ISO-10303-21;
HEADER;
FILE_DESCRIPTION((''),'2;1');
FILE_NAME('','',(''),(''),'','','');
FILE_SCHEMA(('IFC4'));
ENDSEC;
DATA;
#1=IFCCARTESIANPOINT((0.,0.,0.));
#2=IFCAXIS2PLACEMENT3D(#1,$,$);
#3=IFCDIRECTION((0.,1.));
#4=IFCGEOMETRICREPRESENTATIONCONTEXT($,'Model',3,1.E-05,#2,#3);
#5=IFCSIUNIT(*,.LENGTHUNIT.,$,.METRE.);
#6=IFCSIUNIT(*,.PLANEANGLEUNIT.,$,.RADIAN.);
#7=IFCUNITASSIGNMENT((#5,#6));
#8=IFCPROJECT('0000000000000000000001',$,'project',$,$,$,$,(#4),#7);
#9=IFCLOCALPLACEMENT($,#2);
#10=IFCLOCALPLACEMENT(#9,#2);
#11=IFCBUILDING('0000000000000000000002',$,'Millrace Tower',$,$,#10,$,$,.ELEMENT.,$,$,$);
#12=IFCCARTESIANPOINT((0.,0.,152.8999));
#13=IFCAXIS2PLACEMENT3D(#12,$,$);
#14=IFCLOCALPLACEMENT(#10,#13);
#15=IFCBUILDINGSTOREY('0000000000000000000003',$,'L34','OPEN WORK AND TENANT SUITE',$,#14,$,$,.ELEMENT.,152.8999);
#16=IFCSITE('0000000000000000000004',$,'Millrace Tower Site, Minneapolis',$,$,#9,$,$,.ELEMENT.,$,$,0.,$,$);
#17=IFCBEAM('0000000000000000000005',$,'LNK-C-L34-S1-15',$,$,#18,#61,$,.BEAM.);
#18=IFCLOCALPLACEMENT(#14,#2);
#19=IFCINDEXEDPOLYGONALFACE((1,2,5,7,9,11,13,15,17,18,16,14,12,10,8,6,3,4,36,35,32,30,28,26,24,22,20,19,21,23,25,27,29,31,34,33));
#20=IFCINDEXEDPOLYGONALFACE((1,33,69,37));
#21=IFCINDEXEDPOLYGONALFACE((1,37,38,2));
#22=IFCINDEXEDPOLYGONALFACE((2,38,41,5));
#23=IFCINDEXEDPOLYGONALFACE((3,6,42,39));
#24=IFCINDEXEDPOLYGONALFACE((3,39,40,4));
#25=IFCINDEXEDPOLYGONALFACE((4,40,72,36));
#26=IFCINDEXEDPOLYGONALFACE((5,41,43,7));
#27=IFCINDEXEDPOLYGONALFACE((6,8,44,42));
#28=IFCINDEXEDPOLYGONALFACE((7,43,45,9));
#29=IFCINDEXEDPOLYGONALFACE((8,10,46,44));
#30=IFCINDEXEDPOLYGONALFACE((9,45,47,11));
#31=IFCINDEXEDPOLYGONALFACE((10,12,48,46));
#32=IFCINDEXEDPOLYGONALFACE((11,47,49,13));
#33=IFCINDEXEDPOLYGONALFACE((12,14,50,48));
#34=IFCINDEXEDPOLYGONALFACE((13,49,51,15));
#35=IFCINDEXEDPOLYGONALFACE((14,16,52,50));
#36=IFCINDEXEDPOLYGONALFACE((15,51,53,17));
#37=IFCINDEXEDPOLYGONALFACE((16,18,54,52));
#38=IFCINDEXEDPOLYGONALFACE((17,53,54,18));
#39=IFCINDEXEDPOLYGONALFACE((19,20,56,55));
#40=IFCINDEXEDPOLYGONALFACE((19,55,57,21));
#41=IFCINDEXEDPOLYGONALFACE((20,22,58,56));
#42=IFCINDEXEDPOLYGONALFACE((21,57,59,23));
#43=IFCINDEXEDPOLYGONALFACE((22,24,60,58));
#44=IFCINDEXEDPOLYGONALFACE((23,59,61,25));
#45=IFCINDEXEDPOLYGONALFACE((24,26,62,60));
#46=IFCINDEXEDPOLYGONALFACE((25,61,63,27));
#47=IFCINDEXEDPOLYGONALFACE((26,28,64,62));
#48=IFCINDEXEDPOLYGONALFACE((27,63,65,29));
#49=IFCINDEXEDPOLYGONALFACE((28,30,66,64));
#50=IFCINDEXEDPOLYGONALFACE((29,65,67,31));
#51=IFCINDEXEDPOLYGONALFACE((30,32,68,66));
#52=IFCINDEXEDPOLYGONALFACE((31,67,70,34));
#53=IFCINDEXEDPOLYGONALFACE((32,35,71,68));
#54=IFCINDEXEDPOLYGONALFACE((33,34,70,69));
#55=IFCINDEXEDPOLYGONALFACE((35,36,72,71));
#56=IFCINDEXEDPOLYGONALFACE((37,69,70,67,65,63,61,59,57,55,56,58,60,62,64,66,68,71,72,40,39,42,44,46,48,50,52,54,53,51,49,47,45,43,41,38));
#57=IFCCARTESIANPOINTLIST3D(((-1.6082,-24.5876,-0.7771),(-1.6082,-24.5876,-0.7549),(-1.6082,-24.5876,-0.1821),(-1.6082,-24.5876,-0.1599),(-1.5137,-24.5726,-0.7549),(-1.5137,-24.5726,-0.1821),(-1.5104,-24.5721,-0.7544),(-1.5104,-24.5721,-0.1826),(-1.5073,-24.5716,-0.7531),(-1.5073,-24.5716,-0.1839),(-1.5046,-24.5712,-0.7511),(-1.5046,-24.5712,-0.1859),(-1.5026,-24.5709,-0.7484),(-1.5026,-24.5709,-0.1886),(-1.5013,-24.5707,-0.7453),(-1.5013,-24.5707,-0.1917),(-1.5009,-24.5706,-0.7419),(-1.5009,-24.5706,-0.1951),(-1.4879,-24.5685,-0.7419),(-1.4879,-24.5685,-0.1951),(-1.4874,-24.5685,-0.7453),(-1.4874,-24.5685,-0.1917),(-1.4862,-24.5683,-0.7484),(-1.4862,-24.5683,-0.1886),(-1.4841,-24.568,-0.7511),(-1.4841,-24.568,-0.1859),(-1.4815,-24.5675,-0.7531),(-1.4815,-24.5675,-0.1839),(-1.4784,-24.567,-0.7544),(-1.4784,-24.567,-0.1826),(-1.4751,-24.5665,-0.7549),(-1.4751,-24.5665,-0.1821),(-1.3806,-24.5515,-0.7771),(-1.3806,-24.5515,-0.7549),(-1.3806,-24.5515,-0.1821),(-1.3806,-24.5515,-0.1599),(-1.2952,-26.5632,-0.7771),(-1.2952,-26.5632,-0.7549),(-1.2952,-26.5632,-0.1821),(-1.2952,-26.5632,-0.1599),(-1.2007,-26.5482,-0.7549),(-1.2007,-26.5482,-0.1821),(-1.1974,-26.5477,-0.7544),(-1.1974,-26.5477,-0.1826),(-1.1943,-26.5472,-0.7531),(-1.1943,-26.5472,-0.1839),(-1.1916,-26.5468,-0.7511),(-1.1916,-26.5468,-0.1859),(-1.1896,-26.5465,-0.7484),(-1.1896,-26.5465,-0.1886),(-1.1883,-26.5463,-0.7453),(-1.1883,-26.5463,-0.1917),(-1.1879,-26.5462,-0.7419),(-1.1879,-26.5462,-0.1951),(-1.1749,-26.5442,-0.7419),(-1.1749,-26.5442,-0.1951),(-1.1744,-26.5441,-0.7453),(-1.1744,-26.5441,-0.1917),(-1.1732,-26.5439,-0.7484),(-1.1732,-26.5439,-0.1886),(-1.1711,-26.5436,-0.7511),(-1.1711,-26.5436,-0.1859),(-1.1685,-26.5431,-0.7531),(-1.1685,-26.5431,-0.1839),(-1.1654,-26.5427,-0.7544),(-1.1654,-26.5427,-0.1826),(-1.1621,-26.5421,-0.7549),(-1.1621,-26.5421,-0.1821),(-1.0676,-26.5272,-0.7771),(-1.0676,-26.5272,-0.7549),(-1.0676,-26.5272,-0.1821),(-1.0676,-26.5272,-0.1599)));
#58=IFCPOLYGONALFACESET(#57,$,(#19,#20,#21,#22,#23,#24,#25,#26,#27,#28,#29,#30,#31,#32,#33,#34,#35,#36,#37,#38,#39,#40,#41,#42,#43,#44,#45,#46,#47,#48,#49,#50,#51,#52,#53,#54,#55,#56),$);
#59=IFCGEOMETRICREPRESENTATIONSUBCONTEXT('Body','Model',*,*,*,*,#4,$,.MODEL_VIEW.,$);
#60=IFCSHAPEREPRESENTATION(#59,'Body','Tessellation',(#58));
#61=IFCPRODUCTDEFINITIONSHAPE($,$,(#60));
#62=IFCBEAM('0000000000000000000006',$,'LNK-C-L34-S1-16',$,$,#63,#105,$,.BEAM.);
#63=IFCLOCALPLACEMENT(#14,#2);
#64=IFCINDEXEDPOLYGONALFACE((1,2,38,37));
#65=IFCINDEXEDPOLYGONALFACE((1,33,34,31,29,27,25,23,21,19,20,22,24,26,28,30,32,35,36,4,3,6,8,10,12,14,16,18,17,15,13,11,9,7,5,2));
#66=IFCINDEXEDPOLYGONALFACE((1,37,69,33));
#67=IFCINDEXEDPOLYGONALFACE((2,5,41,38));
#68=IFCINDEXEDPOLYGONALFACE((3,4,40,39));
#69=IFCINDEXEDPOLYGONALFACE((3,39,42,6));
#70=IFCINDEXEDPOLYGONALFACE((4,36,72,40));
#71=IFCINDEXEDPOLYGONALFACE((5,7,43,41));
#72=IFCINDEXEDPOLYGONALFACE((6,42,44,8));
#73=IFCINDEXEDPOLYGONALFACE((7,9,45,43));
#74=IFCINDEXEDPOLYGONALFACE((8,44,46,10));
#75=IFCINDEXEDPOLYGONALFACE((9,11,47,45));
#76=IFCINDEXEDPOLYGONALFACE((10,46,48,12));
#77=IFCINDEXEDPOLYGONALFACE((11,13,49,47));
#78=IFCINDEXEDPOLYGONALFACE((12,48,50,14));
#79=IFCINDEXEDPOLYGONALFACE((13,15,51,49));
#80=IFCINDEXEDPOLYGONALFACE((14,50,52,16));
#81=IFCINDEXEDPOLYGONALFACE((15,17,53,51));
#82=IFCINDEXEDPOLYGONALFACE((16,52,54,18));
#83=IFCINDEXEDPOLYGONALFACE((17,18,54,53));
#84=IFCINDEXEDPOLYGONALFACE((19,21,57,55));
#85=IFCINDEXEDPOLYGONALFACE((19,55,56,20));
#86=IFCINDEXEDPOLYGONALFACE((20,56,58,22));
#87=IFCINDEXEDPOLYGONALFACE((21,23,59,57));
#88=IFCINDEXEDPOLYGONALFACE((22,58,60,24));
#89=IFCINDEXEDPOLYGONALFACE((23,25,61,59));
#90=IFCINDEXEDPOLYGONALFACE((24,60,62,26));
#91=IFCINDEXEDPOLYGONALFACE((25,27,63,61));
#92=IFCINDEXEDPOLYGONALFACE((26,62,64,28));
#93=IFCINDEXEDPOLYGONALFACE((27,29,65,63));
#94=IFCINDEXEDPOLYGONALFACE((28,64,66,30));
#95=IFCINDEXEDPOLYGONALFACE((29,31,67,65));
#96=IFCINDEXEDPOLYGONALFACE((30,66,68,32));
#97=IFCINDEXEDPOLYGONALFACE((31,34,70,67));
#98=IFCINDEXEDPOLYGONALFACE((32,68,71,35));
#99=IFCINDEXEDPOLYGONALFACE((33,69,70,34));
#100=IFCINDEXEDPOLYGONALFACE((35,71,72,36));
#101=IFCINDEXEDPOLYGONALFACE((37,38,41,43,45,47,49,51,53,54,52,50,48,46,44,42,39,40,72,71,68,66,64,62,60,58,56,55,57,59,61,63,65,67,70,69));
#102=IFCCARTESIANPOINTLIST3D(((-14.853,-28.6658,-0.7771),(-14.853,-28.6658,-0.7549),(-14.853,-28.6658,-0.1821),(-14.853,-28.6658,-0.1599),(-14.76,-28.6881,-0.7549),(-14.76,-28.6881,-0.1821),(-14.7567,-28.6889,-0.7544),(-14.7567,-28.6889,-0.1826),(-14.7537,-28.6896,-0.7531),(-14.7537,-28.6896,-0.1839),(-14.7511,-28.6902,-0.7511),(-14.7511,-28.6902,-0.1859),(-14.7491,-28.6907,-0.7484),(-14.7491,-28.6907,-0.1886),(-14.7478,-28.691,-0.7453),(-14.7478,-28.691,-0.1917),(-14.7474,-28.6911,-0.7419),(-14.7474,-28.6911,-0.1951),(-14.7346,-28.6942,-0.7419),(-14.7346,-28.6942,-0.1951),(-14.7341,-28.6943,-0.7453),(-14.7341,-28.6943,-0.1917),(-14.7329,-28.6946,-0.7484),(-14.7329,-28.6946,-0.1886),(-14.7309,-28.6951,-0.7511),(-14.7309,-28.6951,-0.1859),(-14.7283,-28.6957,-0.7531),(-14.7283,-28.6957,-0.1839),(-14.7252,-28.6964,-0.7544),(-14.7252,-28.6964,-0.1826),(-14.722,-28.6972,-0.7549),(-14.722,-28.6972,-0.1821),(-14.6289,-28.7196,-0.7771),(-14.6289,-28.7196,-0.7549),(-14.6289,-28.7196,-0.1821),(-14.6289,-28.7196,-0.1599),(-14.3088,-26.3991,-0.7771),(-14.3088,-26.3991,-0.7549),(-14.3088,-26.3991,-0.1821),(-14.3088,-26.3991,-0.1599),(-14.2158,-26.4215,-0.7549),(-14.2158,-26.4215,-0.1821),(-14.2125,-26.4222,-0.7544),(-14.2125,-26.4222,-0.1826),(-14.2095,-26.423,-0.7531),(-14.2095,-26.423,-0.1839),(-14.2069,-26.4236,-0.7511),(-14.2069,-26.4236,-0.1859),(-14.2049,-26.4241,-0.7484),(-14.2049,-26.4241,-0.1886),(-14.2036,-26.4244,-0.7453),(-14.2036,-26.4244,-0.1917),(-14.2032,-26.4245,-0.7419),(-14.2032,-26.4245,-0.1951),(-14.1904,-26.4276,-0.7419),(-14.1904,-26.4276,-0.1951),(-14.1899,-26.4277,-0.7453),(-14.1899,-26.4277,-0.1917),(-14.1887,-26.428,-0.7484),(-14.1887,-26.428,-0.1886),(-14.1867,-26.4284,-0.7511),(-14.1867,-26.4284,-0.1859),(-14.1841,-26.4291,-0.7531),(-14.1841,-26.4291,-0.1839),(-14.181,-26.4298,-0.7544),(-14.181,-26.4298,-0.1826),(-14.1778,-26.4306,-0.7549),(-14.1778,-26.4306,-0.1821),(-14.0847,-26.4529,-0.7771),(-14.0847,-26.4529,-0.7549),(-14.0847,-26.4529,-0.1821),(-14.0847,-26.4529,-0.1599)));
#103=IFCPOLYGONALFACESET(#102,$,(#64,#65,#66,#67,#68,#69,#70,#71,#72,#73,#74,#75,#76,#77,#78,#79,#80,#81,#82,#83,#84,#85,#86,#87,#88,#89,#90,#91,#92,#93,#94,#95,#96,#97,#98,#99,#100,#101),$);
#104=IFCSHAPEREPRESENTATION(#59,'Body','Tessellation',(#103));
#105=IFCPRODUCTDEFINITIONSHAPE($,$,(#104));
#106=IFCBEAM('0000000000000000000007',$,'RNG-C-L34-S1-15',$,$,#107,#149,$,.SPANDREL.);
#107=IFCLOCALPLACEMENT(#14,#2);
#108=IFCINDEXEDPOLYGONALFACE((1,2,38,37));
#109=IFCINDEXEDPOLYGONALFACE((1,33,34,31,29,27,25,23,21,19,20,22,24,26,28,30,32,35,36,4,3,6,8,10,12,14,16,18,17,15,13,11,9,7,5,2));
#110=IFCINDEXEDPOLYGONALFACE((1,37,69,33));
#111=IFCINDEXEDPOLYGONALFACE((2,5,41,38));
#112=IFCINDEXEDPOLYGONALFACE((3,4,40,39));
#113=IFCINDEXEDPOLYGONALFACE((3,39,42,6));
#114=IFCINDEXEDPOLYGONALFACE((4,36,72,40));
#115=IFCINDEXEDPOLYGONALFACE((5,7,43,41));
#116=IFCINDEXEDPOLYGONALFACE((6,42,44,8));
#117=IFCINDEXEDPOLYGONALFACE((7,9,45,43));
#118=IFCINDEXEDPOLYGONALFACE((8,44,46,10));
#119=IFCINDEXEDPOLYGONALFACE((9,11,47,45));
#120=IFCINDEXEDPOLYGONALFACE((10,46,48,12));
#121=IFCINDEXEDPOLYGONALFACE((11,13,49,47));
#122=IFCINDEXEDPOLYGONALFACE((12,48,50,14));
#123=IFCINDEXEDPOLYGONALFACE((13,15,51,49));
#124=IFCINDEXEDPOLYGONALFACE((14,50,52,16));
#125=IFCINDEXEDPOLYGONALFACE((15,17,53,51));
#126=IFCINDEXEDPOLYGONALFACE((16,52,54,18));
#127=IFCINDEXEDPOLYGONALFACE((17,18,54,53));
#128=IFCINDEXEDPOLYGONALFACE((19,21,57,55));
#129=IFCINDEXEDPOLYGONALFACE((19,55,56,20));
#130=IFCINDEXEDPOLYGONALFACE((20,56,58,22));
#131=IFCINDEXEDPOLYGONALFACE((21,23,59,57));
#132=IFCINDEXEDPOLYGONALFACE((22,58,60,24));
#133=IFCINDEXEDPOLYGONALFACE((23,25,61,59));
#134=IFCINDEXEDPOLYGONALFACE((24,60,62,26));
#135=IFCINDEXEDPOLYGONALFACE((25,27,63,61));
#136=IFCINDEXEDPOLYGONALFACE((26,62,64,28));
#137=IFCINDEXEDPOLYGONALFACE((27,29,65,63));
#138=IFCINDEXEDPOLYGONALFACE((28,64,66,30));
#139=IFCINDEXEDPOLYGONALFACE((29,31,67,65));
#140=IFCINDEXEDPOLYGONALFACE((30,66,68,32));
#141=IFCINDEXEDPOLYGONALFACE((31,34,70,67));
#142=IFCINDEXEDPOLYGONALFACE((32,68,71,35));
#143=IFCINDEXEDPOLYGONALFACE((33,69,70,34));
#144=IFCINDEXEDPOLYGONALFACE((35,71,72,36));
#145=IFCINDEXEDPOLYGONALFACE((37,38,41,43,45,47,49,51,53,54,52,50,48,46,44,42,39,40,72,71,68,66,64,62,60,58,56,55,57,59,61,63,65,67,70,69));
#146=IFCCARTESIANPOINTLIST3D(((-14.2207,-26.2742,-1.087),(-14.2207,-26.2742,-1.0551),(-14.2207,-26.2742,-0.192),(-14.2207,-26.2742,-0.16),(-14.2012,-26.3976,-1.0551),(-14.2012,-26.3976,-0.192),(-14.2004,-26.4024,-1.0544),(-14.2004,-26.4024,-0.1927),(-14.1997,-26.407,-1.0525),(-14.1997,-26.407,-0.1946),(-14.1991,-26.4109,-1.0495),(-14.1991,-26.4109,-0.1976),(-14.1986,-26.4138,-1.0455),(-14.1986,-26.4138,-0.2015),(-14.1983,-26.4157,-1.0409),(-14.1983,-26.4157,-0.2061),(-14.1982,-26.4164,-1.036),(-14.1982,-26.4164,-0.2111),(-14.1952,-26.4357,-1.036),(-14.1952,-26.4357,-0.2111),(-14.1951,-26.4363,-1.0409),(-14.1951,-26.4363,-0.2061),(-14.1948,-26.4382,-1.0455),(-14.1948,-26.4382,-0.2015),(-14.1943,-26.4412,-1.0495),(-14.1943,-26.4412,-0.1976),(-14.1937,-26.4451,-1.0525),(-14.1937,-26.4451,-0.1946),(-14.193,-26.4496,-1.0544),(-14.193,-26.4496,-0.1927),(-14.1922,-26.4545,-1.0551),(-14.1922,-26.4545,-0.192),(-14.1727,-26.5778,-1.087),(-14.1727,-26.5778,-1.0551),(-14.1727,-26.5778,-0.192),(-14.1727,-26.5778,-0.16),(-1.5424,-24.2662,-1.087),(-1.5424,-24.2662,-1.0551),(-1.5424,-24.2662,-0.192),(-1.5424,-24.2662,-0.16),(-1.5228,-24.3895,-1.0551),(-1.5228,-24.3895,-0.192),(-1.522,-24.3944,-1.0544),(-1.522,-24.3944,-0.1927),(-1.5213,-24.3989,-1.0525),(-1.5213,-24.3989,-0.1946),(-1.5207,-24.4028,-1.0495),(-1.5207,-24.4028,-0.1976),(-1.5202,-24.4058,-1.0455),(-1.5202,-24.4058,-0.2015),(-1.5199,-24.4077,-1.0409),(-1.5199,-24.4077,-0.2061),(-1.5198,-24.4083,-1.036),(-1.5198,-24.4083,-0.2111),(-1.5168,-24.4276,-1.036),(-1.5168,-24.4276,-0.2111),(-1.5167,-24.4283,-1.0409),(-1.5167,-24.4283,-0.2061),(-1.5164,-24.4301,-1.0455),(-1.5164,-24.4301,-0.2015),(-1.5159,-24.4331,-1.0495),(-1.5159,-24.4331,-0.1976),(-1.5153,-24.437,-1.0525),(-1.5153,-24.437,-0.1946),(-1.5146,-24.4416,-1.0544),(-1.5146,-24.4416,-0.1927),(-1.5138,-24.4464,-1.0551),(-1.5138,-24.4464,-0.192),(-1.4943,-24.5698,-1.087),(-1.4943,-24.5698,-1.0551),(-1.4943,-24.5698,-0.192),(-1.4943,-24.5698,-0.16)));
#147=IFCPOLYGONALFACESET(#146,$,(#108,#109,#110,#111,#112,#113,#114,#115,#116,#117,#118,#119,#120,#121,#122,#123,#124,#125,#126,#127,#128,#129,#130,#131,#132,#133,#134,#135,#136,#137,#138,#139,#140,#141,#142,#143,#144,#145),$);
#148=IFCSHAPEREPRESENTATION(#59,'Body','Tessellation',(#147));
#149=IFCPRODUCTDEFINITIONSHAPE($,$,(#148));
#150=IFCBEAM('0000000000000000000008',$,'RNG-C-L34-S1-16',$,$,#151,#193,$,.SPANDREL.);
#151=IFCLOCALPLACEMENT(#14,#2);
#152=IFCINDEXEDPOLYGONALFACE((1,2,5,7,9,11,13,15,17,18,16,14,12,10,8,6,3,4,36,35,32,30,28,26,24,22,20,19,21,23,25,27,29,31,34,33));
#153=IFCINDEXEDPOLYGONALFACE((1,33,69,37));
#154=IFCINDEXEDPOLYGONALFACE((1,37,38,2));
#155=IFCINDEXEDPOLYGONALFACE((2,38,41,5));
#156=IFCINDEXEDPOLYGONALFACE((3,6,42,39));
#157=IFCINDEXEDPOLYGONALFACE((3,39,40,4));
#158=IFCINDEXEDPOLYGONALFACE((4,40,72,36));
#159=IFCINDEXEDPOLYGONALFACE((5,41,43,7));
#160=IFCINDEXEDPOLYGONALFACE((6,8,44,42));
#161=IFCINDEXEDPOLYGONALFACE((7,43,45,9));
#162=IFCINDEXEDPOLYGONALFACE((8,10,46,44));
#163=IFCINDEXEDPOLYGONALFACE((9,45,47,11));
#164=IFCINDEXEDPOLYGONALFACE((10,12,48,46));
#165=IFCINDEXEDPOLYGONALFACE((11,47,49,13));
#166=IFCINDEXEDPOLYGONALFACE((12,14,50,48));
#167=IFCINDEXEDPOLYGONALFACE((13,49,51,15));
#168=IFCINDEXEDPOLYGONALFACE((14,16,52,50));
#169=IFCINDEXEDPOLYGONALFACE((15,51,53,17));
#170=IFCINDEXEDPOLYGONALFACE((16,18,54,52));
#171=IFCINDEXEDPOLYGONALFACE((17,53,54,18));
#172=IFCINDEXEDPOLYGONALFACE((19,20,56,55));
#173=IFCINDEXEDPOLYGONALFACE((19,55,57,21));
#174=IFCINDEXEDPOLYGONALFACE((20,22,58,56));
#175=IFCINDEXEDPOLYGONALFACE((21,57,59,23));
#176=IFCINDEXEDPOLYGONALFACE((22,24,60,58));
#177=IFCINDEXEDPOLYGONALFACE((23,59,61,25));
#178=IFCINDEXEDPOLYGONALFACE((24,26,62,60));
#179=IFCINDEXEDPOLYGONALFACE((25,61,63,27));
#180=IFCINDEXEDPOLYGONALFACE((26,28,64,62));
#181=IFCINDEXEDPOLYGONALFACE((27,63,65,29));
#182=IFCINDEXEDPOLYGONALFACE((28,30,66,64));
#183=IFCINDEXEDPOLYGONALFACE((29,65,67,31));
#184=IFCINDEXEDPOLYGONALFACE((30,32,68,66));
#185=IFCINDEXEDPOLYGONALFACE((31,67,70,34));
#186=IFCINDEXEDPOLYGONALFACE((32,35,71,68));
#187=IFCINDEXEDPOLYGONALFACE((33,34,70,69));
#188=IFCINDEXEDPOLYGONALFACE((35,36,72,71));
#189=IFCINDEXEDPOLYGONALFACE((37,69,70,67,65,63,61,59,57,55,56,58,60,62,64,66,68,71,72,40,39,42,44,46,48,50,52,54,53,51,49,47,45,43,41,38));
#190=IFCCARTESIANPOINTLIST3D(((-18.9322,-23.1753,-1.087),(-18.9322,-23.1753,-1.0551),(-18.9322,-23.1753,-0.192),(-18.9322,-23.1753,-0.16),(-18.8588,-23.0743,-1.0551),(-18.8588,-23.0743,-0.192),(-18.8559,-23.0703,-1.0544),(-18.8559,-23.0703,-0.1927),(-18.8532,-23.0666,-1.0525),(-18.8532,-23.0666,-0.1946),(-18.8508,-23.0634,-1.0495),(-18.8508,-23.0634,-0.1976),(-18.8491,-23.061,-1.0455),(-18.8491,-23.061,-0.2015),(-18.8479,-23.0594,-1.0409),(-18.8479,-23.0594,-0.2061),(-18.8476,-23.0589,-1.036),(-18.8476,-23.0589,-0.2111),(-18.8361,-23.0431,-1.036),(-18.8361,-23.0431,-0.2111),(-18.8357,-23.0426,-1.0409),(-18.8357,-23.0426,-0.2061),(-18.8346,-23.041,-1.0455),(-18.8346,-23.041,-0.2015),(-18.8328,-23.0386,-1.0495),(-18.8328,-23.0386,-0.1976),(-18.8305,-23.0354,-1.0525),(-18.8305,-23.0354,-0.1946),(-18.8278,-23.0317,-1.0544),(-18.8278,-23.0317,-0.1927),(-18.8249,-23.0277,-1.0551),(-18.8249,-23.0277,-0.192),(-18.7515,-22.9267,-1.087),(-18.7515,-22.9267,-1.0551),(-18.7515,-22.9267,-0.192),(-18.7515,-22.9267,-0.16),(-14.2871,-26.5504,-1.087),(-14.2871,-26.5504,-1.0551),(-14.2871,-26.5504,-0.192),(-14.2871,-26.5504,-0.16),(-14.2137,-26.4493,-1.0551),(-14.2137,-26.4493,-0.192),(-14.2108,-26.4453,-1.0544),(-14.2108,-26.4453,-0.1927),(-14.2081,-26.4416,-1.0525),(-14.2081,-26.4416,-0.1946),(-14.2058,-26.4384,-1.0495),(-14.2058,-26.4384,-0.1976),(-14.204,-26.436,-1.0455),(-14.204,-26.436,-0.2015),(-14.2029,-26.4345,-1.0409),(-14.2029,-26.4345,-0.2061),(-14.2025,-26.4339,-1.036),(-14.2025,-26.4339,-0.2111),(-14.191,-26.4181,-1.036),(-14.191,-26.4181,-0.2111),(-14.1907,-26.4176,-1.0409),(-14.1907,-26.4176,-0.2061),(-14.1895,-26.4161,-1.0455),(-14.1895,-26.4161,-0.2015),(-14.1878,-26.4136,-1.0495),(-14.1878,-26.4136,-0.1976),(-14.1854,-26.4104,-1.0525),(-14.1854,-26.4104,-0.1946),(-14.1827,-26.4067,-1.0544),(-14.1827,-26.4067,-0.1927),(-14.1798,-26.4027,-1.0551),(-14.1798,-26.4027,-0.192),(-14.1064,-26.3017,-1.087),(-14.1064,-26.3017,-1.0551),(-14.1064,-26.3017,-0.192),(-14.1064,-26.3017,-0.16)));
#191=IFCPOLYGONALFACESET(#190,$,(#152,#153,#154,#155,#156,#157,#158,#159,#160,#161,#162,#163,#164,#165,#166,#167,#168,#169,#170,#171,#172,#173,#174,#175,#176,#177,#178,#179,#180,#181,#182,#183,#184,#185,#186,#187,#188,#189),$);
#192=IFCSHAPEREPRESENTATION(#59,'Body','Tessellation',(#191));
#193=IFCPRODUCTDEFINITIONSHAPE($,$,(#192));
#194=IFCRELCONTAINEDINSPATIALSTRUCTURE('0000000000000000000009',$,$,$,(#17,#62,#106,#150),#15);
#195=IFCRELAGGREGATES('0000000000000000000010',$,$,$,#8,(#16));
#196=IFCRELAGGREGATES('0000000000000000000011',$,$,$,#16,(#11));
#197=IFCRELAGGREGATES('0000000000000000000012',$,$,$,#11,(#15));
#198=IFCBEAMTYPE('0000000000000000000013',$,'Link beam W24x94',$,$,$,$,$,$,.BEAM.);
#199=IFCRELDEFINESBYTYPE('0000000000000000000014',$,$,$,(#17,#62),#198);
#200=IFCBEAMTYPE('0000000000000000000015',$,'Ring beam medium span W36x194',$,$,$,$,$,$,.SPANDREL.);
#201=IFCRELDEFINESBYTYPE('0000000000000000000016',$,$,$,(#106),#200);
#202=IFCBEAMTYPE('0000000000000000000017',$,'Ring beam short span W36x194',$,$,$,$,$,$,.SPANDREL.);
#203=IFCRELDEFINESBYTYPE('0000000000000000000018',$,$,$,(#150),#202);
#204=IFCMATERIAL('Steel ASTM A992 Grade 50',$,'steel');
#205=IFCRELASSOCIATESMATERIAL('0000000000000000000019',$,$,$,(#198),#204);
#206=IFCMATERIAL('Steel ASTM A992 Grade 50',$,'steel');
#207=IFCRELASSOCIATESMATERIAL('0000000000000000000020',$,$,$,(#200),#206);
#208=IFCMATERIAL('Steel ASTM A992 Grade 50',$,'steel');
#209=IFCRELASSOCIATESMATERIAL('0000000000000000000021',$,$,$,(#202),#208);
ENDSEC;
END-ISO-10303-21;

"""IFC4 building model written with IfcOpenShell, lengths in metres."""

from ifc_helpers import new_model, si_unit, direction, frame, origin, origin_2d, place, context, subcontext, project, spatial, i_section, extrude, material, material_profile, profile_set, type_object, element, save


model = new_model("IFC4")

# Units and contexts
model_context = context("Model", 3, precision=1e-05, world=origin(), true_north=direction((0.0, 1.0)))
body_context = subcontext(model_context, "Body", "Model", "MODEL_VIEW")
ifc_project = project(units=[si_unit("LENGTHUNIT", "METRE"), si_unit("PLANEANGLEUNIT", "RADIAN")], contexts=[model_context])

# Site, building, storey
site_placement = place(None, origin())
site = spatial("IfcSite", under=ifc_project, at=site_placement, Name="Millrace Tower Site, Minneapolis", CompositionType="ELEMENT", RefElevation=0.0)
building_placement = place(site_placement, origin())
building = spatial("IfcBuilding", under=site, at=building_placement, Name="Millrace Tower", CompositionType="ELEMENT")
storey_placement = place(building_placement, frame((0.0, 0.0, 152.8999)))
storey = spatial("IfcBuildingStorey", under=building, at=storey_placement, Name="L34", Description="OPEN WORK AND TENANT SUITE", CompositionType="ELEMENT", Elevation=152.8999)

# Beams
ifc_material_1 = material(Name="Steel ASTM A992 Grade 50", Category="steel")
ifc_material_profile_1 = material_profile(ifc_material_1, i_section(OverallWidth=0.2305, OverallDepth=0.6172, WebThickness=0.0132, FlangeThickness=0.0222, FilletRadius=0.0129, at=origin_2d()))
ifc_profile_set_1 = profile_set([ifc_material_profile_1], Name="Steel ASTM A992 Grade 50")
beam_type_1 = type_object("IfcBeamType", Name="Link beam W24x94", PredefinedType="BEAM", material=ifc_profile_set_1)
beam_1_placement = place(storey_placement, frame((-1.4944, -24.5696, -0.4685), z_axis=(0.156477, -0.987682, 0.0), x_axis=(0.987682, 0.156477, 0.0)))
element("IfcBeam", 1, at=beam_1_placement, inside=storey, type_object=beam_type_1, Name="LNK-C-L34-S1-15", PredefinedType="BEAM", context=body_context, shape_type="SweptSolid", body=[
    extrude(i_section(OverallWidth=0.2305, OverallDepth=0.6172, WebThickness=0.0132, FlangeThickness=0.0222, FilletRadius=0.0129, at=origin_2d()), origin(), (0.0, 0.0, 1.0), 2.0002),
])
beam_2_placement = place(storey_placement, frame((-14.1968, -26.426, -0.4685), z_axis=(-0.233456, -0.972367, 0.0), x_axis=(0.972367, -0.233456, 0.0)))
element("IfcBeam", 2, at=beam_2_placement, inside=storey, type_object=beam_type_1, Name="LNK-C-L34-S1-16", PredefinedType="BEAM", context=body_context, shape_type="SweptSolid", body=[
    extrude(i_section(OverallWidth=0.2305, OverallDepth=0.6172, WebThickness=0.0132, FlangeThickness=0.0222, FilletRadius=0.0129, at=origin_2d()), origin(), (0.0, 0.0, 1.0), 2.3311),
])
ifc_material_2 = material(Name="Steel ASTM A992 Grade 50", Category="steel")
ifc_material_profile_2 = material_profile(ifc_material_2, i_section(OverallWidth=0.3074, OverallDepth=0.927, WebThickness=0.0195, FlangeThickness=0.032, FilletRadius=0.019, at=origin_2d()))
ifc_profile_set_2 = profile_set([ifc_material_profile_2], Name="Steel ASTM A992 Grade 50")
beam_type_2 = type_object("IfcBeamType", Name="Ring beam medium span W36x194", PredefinedType="SPANDREL", material=ifc_profile_set_2)
beam_3_placement = place(storey_placement, frame((-1.5183, -24.418, -0.6235), z_axis=(-0.987689, -0.156433, 0.0), x_axis=(0.156433, -0.987689, 0.0)))
element("IfcBeam", 3, at=beam_3_placement, inside=storey, type_object=beam_type_2, Name="RNG-C-L34-S1-15", PredefinedType="SPANDREL", context=body_context, shape_type="SweptSolid", body=[
    extrude(i_section(OverallWidth=0.3074, OverallDepth=0.927, WebThickness=0.0195, FlangeThickness=0.032, FilletRadius=0.019, at=origin_2d()), origin(), (0.0, 0.0, 1.0), 12.8364),
])
ifc_material_3 = material(Name="Steel ASTM A992 Grade 50", Category="steel")
ifc_material_profile_3 = material_profile(ifc_material_3, i_section(OverallWidth=0.3074, OverallDepth=0.927, WebThickness=0.0195, FlangeThickness=0.032, FilletRadius=0.019, at=origin_2d()))
ifc_profile_set_3 = profile_set([ifc_material_profile_3], Name="Steel ASTM A992 Grade 50")
beam_type_3 = type_object("IfcBeamType", Name="Ring beam short span W36x194", PredefinedType="SPANDREL", material=ifc_profile_set_3)
beam_4_placement = place(storey_placement, frame((-14.1968, -26.426, -0.6235), z_axis=(-0.809001, 0.587808, 0.0), x_axis=(-0.587808, -0.809001, 0.0)))
element("IfcBeam", 4, at=beam_4_placement, inside=storey, type_object=beam_type_3, Name="RNG-C-L34-S1-16", PredefinedType="SPANDREL", context=body_context, shape_type="SweptSolid", body=[
    extrude(i_section(OverallWidth=0.3074, OverallDepth=0.927, WebThickness=0.0195, FlangeThickness=0.032, FilletRadius=0.019, at=origin_2d()), origin(), (0.0, 0.0, 1.0), 5.7417),
])

save(model, "model.ifc")
